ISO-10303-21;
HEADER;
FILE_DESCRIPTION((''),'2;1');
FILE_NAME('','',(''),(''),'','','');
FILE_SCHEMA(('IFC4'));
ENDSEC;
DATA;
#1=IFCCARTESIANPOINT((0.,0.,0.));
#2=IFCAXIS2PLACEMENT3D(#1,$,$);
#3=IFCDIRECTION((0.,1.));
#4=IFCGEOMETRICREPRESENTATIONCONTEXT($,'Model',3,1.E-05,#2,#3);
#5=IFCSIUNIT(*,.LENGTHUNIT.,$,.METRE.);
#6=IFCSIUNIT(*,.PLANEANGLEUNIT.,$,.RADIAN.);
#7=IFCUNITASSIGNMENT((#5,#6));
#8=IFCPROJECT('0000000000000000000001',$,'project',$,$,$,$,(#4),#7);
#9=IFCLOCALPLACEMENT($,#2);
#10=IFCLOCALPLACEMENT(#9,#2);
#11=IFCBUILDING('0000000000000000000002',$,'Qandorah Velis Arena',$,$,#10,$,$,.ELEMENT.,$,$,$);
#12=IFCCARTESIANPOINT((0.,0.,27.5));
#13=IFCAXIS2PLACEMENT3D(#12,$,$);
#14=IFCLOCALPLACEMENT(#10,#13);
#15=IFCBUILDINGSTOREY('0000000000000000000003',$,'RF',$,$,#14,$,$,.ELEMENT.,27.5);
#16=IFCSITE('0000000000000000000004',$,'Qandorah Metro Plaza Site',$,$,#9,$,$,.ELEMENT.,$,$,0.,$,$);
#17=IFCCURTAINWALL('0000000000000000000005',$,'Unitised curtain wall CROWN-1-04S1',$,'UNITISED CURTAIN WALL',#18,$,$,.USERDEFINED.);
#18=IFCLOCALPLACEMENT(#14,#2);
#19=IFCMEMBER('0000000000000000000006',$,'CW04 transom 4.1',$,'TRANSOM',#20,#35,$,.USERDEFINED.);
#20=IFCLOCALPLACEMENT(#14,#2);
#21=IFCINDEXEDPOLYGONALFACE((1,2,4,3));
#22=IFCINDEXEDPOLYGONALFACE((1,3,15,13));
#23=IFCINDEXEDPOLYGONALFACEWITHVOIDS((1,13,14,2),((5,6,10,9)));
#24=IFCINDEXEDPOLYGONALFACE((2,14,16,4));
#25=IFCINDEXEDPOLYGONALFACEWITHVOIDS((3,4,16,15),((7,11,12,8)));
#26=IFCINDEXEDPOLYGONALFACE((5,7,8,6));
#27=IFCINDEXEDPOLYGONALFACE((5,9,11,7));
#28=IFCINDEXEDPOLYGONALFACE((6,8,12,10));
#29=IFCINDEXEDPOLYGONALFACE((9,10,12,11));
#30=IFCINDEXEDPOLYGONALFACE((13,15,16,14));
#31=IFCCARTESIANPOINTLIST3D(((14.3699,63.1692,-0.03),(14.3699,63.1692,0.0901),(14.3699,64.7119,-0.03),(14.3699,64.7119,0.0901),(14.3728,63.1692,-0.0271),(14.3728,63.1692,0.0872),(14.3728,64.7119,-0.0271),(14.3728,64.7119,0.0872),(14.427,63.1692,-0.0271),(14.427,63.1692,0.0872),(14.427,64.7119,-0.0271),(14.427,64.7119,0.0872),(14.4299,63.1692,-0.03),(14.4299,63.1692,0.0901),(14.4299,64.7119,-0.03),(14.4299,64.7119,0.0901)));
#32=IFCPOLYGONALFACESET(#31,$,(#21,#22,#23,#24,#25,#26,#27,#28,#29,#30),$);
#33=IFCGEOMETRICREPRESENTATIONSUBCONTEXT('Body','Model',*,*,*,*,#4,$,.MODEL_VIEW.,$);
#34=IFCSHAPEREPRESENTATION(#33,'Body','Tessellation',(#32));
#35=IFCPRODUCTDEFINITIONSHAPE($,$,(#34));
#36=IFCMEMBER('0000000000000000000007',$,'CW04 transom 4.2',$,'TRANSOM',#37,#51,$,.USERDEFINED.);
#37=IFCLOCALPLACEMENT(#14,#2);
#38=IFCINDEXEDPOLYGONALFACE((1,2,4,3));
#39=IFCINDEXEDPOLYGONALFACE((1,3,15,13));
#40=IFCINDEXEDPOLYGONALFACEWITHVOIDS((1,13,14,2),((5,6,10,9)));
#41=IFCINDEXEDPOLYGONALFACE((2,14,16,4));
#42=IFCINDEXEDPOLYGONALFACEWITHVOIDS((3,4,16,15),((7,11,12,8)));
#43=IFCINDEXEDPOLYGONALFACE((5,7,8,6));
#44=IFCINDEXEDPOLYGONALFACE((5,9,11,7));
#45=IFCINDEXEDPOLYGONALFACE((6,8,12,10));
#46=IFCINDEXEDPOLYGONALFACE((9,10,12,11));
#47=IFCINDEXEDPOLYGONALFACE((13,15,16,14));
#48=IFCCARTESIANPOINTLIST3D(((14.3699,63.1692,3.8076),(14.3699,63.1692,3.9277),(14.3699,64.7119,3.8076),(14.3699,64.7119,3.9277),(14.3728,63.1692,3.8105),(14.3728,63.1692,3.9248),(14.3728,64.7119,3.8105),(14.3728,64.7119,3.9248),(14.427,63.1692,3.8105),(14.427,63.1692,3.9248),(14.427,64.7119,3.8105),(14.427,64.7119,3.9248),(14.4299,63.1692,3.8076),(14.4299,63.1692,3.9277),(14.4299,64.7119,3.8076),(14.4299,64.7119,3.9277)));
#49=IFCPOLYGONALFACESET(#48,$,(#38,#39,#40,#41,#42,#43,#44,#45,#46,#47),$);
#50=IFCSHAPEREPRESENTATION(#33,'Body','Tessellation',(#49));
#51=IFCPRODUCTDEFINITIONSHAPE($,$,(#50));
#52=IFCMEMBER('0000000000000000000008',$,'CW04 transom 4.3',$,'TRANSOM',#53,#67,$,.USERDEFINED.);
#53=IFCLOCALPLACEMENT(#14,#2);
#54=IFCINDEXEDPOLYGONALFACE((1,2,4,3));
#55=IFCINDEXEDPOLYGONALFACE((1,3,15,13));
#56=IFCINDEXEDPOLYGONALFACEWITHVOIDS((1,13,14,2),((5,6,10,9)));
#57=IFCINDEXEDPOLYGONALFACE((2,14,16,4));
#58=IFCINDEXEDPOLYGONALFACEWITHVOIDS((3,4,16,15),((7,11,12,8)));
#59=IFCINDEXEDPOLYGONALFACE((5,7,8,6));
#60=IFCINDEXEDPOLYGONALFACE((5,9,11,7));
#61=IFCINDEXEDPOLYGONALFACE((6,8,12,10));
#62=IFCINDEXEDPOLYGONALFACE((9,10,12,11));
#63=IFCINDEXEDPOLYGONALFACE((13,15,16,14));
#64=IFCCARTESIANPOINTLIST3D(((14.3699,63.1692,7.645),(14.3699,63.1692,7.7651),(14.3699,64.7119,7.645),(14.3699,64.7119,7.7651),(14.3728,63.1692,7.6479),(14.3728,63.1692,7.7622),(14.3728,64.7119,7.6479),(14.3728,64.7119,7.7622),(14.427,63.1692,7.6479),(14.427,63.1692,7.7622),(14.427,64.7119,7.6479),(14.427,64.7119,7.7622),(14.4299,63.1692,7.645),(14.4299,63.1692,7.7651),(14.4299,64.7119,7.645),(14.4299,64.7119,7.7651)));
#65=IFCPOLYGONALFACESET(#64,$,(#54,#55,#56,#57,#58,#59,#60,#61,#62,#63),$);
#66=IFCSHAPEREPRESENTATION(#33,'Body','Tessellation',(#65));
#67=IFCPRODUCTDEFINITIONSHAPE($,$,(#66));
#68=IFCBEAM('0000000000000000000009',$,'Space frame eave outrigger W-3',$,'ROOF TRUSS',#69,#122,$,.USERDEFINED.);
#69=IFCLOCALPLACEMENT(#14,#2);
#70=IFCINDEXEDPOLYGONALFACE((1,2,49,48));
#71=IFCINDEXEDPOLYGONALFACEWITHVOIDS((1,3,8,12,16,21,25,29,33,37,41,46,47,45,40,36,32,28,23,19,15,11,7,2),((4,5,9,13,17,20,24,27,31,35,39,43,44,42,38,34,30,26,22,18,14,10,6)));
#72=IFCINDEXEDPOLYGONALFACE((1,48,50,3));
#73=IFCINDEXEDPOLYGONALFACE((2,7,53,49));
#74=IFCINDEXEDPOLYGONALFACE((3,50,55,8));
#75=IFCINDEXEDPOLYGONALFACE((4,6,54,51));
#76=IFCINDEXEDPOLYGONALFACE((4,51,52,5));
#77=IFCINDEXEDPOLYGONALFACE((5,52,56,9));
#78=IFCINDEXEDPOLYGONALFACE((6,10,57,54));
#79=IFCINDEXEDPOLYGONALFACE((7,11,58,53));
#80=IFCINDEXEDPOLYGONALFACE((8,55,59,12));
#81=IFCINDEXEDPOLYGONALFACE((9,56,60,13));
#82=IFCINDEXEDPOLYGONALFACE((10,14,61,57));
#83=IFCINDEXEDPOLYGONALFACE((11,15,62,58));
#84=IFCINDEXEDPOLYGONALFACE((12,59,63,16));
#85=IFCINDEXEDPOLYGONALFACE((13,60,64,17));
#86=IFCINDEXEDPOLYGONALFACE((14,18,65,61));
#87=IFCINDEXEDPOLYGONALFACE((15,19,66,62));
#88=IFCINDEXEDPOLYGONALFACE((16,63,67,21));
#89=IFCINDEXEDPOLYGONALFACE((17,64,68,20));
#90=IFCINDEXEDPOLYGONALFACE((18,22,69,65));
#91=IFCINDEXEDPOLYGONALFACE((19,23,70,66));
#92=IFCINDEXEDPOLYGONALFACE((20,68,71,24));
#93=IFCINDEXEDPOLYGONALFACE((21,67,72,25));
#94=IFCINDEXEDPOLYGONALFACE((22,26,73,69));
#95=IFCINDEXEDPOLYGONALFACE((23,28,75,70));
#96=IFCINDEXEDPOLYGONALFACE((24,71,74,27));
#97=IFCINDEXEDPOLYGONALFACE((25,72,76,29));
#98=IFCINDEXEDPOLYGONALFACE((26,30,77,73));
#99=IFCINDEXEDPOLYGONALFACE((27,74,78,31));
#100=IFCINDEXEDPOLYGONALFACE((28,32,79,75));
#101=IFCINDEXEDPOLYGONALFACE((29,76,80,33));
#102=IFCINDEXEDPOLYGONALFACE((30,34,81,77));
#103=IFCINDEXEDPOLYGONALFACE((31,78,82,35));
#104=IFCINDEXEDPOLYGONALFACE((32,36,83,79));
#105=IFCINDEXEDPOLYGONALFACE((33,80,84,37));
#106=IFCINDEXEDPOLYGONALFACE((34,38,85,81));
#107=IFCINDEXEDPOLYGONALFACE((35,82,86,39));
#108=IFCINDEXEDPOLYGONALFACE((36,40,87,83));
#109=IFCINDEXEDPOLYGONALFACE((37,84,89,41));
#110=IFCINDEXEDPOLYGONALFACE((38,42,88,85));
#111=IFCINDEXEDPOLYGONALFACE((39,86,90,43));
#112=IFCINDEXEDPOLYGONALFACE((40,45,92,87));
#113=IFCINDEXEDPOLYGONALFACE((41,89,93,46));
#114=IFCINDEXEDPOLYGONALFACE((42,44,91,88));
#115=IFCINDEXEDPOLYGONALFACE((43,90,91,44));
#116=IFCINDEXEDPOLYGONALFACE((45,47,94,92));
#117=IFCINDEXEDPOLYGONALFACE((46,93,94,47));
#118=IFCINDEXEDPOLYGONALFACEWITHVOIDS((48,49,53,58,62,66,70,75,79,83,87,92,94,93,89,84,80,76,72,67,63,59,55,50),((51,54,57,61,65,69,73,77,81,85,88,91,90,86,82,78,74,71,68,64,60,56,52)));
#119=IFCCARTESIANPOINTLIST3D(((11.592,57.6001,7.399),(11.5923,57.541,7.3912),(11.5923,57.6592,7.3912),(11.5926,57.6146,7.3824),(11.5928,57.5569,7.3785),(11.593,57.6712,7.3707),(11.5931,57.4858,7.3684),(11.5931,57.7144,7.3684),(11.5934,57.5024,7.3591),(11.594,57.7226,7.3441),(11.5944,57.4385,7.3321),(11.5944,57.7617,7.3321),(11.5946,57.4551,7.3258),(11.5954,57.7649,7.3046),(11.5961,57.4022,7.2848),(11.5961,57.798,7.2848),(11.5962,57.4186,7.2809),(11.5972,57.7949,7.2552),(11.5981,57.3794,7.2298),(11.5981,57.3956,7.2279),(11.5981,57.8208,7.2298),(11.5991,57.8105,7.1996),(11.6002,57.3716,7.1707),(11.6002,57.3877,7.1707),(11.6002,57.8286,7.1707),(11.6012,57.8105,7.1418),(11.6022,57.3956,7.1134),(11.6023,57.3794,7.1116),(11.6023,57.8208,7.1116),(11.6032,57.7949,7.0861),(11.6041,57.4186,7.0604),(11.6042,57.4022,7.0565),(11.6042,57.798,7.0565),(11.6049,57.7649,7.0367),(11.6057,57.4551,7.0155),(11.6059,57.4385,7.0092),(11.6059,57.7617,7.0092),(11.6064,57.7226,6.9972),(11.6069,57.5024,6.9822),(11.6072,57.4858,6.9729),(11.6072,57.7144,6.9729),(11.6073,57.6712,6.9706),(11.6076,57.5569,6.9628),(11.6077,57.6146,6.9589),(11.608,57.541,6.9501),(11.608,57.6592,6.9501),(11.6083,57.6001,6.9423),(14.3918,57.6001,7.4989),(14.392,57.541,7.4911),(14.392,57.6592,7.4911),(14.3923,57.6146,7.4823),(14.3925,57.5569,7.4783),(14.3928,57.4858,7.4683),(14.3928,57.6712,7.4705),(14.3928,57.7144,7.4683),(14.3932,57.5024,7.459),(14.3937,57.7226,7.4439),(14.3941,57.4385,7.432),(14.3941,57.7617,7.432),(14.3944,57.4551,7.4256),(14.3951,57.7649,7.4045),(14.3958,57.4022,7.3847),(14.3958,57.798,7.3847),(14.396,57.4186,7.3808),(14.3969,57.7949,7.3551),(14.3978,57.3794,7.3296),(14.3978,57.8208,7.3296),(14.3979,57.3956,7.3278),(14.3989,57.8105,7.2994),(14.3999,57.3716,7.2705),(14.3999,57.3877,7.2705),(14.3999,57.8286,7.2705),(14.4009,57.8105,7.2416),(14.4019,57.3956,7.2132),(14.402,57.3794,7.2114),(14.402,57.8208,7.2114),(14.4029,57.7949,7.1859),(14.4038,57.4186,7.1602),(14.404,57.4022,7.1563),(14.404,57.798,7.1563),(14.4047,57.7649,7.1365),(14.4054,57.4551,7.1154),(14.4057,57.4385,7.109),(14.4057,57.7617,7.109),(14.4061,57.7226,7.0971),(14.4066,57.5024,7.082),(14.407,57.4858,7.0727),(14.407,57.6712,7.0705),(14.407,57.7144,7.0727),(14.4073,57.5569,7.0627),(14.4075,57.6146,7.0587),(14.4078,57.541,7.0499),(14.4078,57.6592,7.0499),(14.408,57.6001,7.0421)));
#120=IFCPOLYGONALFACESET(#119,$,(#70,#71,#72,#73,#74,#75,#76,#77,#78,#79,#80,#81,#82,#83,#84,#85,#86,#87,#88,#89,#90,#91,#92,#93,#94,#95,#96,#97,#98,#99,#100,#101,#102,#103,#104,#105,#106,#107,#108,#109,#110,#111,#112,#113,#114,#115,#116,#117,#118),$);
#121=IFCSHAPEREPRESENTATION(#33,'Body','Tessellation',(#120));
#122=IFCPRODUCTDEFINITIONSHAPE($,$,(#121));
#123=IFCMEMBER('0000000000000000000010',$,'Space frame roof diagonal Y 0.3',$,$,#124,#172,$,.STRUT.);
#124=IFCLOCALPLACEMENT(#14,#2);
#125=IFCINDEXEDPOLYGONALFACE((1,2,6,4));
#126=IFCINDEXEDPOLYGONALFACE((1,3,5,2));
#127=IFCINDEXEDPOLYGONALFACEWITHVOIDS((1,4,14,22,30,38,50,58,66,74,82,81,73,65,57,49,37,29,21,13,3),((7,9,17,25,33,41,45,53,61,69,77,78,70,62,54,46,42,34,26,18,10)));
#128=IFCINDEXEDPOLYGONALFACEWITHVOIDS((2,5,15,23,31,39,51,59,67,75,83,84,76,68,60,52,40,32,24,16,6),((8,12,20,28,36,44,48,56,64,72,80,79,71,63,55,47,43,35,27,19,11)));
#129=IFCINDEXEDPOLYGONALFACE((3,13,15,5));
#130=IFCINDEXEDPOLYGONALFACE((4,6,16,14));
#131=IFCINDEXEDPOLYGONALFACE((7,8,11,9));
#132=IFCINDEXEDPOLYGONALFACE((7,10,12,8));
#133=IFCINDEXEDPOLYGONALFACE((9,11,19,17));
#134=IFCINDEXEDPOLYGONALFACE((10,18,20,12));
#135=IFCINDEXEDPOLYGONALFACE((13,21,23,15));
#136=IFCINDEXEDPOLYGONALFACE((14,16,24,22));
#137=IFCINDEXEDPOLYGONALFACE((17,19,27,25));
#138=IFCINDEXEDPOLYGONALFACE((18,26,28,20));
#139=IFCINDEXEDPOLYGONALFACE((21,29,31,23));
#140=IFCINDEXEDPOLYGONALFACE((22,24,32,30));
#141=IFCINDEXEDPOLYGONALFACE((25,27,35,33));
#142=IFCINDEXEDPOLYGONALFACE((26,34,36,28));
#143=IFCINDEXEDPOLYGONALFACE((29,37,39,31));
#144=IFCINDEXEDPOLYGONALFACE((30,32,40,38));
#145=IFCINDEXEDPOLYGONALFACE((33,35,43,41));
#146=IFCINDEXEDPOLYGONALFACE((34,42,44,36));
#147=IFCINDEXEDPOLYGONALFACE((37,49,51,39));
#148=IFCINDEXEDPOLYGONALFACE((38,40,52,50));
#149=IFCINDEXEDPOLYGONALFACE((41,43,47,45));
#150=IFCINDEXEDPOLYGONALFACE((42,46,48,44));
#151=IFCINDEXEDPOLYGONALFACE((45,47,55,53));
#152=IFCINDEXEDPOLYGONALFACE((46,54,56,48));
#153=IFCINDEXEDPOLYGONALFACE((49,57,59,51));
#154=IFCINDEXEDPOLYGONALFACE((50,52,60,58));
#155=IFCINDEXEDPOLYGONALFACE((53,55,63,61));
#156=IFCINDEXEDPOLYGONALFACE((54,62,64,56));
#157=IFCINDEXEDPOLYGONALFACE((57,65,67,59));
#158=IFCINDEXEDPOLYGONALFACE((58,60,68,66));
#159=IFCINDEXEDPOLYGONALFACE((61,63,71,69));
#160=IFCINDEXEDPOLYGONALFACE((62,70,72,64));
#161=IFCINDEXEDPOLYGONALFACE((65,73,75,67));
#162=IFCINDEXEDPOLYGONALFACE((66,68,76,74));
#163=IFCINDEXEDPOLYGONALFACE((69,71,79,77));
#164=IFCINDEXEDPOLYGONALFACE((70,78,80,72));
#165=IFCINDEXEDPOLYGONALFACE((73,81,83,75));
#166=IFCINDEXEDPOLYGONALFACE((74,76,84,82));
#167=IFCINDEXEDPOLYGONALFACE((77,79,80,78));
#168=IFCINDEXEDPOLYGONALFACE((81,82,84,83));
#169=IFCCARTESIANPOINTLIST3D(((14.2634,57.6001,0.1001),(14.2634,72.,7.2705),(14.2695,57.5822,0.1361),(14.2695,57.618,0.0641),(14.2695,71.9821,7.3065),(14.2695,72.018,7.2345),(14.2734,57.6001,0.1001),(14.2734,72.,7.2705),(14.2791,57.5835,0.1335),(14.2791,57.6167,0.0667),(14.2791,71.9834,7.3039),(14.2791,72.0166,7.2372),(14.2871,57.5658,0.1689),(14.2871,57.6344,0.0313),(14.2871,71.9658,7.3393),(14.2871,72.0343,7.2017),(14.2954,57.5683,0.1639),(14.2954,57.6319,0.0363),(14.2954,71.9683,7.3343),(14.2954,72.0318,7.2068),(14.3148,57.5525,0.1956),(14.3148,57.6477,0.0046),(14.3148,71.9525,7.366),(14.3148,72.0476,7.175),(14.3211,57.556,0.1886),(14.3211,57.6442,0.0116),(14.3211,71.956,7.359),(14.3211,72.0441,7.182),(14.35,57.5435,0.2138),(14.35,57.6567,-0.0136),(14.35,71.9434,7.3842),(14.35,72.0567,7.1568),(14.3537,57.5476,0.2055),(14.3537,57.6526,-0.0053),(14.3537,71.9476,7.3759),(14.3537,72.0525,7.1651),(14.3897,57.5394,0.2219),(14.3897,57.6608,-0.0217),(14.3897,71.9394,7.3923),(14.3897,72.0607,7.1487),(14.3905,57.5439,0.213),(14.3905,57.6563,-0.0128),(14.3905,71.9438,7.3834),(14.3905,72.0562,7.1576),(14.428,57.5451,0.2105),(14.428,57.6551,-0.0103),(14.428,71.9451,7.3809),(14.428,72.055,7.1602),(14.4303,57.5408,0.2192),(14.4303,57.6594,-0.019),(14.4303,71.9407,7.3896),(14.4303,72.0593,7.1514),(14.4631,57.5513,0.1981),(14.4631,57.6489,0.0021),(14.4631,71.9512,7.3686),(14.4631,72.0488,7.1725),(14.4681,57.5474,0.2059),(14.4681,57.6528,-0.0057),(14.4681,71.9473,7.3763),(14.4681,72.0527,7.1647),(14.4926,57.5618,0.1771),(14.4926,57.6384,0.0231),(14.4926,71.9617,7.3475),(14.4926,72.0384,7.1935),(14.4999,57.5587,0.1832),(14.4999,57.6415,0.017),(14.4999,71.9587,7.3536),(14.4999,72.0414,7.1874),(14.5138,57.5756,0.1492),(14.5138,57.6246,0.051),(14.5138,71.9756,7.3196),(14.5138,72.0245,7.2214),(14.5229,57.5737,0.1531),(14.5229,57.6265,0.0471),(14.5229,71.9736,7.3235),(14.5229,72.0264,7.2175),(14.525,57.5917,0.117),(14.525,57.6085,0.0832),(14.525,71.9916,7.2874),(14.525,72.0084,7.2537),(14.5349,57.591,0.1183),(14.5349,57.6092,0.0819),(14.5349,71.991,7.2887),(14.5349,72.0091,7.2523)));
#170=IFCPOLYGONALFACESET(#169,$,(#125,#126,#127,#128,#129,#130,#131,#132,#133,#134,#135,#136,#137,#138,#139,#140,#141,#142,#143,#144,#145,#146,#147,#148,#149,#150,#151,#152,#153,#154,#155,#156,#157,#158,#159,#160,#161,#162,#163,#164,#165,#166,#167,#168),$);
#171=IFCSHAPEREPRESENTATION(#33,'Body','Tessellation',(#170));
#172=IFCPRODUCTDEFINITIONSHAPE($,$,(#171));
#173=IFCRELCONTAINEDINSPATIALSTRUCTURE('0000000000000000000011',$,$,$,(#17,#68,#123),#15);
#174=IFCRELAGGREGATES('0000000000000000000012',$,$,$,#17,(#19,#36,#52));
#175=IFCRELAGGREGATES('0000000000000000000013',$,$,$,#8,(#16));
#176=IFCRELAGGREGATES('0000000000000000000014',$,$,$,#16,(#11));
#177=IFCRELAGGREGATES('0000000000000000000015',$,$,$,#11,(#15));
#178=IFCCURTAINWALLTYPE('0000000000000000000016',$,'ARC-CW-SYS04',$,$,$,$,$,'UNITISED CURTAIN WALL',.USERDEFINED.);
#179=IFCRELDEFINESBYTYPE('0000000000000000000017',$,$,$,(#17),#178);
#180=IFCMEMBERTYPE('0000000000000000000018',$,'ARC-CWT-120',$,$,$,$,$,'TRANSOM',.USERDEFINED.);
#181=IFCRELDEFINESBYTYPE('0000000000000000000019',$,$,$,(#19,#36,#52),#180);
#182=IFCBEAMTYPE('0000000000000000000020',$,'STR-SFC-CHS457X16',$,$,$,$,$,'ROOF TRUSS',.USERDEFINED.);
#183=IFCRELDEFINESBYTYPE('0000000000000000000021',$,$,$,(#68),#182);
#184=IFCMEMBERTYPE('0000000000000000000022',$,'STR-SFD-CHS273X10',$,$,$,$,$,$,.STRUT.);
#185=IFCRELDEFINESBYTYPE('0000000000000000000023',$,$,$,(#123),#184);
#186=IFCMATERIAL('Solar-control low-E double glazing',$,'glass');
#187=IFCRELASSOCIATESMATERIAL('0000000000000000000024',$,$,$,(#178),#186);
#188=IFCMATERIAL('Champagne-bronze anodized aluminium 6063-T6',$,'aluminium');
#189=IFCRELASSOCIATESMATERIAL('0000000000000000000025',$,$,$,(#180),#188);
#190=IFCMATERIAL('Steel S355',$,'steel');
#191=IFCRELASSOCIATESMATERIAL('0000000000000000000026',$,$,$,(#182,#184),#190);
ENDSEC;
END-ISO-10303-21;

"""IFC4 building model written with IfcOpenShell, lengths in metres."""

from ifc_helpers import new_model, si_unit, direction, frame, origin, origin_2d, place, context, subcontext, project, spatial, hollow_rectangle, hollow_circle, extrude, material, material_profile, profile_set, type_object, element, aggregate, save


model = new_model("IFC4")

# Units and contexts
model_context = context("Model", 3, precision=1e-05, world=origin(), true_north=direction((0.0, 1.0)))
body_context = subcontext(model_context, "Body", "Model", "MODEL_VIEW")
ifc_project = project(units=[si_unit("LENGTHUNIT", "METRE"), si_unit("PLANEANGLEUNIT", "RADIAN")], contexts=[model_context])

# Site, building, storey
site_placement = place(None, origin())
site = spatial("IfcSite", under=ifc_project, at=site_placement, Name="Qandorah Metro Plaza Site", CompositionType="ELEMENT", RefElevation=0.0)
building_placement = place(site_placement, origin())
building = spatial("IfcBuilding", under=site, at=building_placement, Name="Qandorah Velis Arena", CompositionType="ELEMENT")
storey_placement = place(building_placement, frame((0.0, 0.0, 27.5)))
storey = spatial("IfcBuildingStorey", under=building, at=storey_placement, Name="RF", CompositionType="ELEMENT", Elevation=27.5)

# Curtain wall
ifc_material_1 = material(Name="Solar-control low-E double glazing", Category="glass")
ifc_material_2 = material(Name="Champagne-bronze anodized aluminium 6063-T6", Category="aluminium")
curtain_wall_type_1 = type_object("IfcCurtainWallType", Name="ARC-CW-SYS04", ElementType="UNITISED CURTAIN WALL", PredefinedType="USERDEFINED", material=ifc_material_1)
curtain_wall_1_placement = place(storey_placement, origin())
curtain_wall_1 = element("IfcCurtainWall", 1, at=curtain_wall_1_placement, inside=storey, type_object=curtain_wall_type_1, Name="Unitised curtain wall CROWN-1-04S1", ObjectType="UNITISED CURTAIN WALL", PredefinedType="USERDEFINED")

# Members
ifc_material_profile_1 = material_profile(ifc_material_2, hollow_rectangle(XDim=0.0601, YDim=0.1201, WallThickness=0.0029, at=origin_2d()), Name="ALU TRANSOM 60x120")
ifc_profile_set_1 = profile_set([ifc_material_profile_1], Name="Champagne-bronze anodized aluminium 6063-T6")
member_type_1 = type_object("IfcMemberType", Name="ARC-CWT-120", ElementType="TRANSOM", PredefinedType="USERDEFINED", material=ifc_profile_set_1)
member_1_placement = place(storey_placement, frame((14.3999, 63.1692, 0.03), z_axis=(0.0, 1.0, 0.0), x_axis=(-1.0, 0.0, 0.0)))
member_1 = element("IfcMember", 2, at=member_1_placement, type_object=member_type_1, Name="CW04 transom 4.1", ObjectType="TRANSOM", PredefinedType="USERDEFINED", context=body_context, shape_type="SweptSolid", body=[
    extrude(hollow_rectangle(XDim=0.0601, YDim=0.1201, WallThickness=0.0029, at=origin_2d()), origin(), (0.0, 0.0, 1.0), 1.5427),
])
member_2_placement = place(storey_placement, frame((14.3999, 63.1692, 3.8677), z_axis=(0.0, 1.0, 0.0), x_axis=(-1.0, 0.0, 0.0)))
member_2 = element("IfcMember", 3, at=member_2_placement, type_object=member_type_1, Name="CW04 transom 4.2", ObjectType="TRANSOM", PredefinedType="USERDEFINED", context=body_context, shape_type="SweptSolid", body=[
    extrude(hollow_rectangle(XDim=0.0601, YDim=0.1201, WallThickness=0.0029, at=origin_2d()), origin(), (0.0, 0.0, 1.0), 1.5427),
])
member_3_placement = place(storey_placement, frame((14.3999, 63.1692, 7.7051), z_axis=(0.0, 1.0, 0.0), x_axis=(-1.0, 0.0, 0.0)))
member_3 = element("IfcMember", 4, at=member_3_placement, type_object=member_type_1, Name="CW04 transom 4.3", ObjectType="TRANSOM", PredefinedType="USERDEFINED", context=body_context, shape_type="SweptSolid", body=[
    extrude(hollow_rectangle(XDim=0.0601, YDim=0.1201, WallThickness=0.0029, at=origin_2d()), origin(), (0.0, 0.0, 1.0), 1.5427),
])

# Beam
ifc_material_3 = material(Name="Steel S355", Category="steel")
ifc_material_profile_2 = material_profile(ifc_material_3, hollow_circle(Radius=0.2285, WallThickness=0.0161, at=origin_2d()), Name="CHS 457x16")
ifc_profile_set_2 = profile_set([ifc_material_profile_2], Name="Steel S355")
beam_type = type_object("IfcBeamType", Name="STR-SFC-CHS457X16", ElementType="ROOF TRUSS", PredefinedType="USERDEFINED", material=ifc_profile_set_2)
beam_placement = place(storey_placement, frame((14.3999, 57.6001, 7.2705), z_axis=(-0.999365, 0.0, -0.035642), x_axis=(0.0, -1.0, 0.0)))
element("IfcBeam", 5, at=beam_placement, inside=storey, type_object=beam_type, Name="Space frame eave outrigger W-3", ObjectType="ROOF TRUSS", PredefinedType="USERDEFINED", context=body_context, shape_type="SweptSolid", body=[
    extrude(hollow_circle(Radius=0.2285, WallThickness=0.0161, at=origin_2d()), origin(), (0.0, 0.0, 1.0), 2.8015),
])

# Member
ifc_material_profile_3 = material_profile(ifc_material_3, hollow_circle(Radius=0.1365, WallThickness=0.01, at=origin_2d()), Name="CHS 273x10")
ifc_profile_set_3 = profile_set([ifc_material_profile_3], Name="Steel S355")
member_type_2 = type_object("IfcMemberType", Name="STR-SFD-CHS273X10", PredefinedType="STRUT", material=ifc_profile_set_3)
member_4_placement = place(storey_placement, frame((14.3999, 57.6001, 0.1001), z_axis=(0.0, 0.895161, 0.445744), x_axis=(-1.0, 0.0, 0.0)))
element("IfcMember", 6, at=member_4_placement, inside=storey, type_object=member_type_2, Name="Space frame roof diagonal Y 0.3", PredefinedType="STRUT", context=body_context, shape_type="SweptSolid", body=[
    extrude(hollow_circle(Radius=0.1365, WallThickness=0.01, at=origin_2d()), origin(), (0.0, 0.0, 1.0), 16.0864),
])

aggregate(curtain_wall_1, [member_1, member_2, member_3])

save(model, "model.ifc")
